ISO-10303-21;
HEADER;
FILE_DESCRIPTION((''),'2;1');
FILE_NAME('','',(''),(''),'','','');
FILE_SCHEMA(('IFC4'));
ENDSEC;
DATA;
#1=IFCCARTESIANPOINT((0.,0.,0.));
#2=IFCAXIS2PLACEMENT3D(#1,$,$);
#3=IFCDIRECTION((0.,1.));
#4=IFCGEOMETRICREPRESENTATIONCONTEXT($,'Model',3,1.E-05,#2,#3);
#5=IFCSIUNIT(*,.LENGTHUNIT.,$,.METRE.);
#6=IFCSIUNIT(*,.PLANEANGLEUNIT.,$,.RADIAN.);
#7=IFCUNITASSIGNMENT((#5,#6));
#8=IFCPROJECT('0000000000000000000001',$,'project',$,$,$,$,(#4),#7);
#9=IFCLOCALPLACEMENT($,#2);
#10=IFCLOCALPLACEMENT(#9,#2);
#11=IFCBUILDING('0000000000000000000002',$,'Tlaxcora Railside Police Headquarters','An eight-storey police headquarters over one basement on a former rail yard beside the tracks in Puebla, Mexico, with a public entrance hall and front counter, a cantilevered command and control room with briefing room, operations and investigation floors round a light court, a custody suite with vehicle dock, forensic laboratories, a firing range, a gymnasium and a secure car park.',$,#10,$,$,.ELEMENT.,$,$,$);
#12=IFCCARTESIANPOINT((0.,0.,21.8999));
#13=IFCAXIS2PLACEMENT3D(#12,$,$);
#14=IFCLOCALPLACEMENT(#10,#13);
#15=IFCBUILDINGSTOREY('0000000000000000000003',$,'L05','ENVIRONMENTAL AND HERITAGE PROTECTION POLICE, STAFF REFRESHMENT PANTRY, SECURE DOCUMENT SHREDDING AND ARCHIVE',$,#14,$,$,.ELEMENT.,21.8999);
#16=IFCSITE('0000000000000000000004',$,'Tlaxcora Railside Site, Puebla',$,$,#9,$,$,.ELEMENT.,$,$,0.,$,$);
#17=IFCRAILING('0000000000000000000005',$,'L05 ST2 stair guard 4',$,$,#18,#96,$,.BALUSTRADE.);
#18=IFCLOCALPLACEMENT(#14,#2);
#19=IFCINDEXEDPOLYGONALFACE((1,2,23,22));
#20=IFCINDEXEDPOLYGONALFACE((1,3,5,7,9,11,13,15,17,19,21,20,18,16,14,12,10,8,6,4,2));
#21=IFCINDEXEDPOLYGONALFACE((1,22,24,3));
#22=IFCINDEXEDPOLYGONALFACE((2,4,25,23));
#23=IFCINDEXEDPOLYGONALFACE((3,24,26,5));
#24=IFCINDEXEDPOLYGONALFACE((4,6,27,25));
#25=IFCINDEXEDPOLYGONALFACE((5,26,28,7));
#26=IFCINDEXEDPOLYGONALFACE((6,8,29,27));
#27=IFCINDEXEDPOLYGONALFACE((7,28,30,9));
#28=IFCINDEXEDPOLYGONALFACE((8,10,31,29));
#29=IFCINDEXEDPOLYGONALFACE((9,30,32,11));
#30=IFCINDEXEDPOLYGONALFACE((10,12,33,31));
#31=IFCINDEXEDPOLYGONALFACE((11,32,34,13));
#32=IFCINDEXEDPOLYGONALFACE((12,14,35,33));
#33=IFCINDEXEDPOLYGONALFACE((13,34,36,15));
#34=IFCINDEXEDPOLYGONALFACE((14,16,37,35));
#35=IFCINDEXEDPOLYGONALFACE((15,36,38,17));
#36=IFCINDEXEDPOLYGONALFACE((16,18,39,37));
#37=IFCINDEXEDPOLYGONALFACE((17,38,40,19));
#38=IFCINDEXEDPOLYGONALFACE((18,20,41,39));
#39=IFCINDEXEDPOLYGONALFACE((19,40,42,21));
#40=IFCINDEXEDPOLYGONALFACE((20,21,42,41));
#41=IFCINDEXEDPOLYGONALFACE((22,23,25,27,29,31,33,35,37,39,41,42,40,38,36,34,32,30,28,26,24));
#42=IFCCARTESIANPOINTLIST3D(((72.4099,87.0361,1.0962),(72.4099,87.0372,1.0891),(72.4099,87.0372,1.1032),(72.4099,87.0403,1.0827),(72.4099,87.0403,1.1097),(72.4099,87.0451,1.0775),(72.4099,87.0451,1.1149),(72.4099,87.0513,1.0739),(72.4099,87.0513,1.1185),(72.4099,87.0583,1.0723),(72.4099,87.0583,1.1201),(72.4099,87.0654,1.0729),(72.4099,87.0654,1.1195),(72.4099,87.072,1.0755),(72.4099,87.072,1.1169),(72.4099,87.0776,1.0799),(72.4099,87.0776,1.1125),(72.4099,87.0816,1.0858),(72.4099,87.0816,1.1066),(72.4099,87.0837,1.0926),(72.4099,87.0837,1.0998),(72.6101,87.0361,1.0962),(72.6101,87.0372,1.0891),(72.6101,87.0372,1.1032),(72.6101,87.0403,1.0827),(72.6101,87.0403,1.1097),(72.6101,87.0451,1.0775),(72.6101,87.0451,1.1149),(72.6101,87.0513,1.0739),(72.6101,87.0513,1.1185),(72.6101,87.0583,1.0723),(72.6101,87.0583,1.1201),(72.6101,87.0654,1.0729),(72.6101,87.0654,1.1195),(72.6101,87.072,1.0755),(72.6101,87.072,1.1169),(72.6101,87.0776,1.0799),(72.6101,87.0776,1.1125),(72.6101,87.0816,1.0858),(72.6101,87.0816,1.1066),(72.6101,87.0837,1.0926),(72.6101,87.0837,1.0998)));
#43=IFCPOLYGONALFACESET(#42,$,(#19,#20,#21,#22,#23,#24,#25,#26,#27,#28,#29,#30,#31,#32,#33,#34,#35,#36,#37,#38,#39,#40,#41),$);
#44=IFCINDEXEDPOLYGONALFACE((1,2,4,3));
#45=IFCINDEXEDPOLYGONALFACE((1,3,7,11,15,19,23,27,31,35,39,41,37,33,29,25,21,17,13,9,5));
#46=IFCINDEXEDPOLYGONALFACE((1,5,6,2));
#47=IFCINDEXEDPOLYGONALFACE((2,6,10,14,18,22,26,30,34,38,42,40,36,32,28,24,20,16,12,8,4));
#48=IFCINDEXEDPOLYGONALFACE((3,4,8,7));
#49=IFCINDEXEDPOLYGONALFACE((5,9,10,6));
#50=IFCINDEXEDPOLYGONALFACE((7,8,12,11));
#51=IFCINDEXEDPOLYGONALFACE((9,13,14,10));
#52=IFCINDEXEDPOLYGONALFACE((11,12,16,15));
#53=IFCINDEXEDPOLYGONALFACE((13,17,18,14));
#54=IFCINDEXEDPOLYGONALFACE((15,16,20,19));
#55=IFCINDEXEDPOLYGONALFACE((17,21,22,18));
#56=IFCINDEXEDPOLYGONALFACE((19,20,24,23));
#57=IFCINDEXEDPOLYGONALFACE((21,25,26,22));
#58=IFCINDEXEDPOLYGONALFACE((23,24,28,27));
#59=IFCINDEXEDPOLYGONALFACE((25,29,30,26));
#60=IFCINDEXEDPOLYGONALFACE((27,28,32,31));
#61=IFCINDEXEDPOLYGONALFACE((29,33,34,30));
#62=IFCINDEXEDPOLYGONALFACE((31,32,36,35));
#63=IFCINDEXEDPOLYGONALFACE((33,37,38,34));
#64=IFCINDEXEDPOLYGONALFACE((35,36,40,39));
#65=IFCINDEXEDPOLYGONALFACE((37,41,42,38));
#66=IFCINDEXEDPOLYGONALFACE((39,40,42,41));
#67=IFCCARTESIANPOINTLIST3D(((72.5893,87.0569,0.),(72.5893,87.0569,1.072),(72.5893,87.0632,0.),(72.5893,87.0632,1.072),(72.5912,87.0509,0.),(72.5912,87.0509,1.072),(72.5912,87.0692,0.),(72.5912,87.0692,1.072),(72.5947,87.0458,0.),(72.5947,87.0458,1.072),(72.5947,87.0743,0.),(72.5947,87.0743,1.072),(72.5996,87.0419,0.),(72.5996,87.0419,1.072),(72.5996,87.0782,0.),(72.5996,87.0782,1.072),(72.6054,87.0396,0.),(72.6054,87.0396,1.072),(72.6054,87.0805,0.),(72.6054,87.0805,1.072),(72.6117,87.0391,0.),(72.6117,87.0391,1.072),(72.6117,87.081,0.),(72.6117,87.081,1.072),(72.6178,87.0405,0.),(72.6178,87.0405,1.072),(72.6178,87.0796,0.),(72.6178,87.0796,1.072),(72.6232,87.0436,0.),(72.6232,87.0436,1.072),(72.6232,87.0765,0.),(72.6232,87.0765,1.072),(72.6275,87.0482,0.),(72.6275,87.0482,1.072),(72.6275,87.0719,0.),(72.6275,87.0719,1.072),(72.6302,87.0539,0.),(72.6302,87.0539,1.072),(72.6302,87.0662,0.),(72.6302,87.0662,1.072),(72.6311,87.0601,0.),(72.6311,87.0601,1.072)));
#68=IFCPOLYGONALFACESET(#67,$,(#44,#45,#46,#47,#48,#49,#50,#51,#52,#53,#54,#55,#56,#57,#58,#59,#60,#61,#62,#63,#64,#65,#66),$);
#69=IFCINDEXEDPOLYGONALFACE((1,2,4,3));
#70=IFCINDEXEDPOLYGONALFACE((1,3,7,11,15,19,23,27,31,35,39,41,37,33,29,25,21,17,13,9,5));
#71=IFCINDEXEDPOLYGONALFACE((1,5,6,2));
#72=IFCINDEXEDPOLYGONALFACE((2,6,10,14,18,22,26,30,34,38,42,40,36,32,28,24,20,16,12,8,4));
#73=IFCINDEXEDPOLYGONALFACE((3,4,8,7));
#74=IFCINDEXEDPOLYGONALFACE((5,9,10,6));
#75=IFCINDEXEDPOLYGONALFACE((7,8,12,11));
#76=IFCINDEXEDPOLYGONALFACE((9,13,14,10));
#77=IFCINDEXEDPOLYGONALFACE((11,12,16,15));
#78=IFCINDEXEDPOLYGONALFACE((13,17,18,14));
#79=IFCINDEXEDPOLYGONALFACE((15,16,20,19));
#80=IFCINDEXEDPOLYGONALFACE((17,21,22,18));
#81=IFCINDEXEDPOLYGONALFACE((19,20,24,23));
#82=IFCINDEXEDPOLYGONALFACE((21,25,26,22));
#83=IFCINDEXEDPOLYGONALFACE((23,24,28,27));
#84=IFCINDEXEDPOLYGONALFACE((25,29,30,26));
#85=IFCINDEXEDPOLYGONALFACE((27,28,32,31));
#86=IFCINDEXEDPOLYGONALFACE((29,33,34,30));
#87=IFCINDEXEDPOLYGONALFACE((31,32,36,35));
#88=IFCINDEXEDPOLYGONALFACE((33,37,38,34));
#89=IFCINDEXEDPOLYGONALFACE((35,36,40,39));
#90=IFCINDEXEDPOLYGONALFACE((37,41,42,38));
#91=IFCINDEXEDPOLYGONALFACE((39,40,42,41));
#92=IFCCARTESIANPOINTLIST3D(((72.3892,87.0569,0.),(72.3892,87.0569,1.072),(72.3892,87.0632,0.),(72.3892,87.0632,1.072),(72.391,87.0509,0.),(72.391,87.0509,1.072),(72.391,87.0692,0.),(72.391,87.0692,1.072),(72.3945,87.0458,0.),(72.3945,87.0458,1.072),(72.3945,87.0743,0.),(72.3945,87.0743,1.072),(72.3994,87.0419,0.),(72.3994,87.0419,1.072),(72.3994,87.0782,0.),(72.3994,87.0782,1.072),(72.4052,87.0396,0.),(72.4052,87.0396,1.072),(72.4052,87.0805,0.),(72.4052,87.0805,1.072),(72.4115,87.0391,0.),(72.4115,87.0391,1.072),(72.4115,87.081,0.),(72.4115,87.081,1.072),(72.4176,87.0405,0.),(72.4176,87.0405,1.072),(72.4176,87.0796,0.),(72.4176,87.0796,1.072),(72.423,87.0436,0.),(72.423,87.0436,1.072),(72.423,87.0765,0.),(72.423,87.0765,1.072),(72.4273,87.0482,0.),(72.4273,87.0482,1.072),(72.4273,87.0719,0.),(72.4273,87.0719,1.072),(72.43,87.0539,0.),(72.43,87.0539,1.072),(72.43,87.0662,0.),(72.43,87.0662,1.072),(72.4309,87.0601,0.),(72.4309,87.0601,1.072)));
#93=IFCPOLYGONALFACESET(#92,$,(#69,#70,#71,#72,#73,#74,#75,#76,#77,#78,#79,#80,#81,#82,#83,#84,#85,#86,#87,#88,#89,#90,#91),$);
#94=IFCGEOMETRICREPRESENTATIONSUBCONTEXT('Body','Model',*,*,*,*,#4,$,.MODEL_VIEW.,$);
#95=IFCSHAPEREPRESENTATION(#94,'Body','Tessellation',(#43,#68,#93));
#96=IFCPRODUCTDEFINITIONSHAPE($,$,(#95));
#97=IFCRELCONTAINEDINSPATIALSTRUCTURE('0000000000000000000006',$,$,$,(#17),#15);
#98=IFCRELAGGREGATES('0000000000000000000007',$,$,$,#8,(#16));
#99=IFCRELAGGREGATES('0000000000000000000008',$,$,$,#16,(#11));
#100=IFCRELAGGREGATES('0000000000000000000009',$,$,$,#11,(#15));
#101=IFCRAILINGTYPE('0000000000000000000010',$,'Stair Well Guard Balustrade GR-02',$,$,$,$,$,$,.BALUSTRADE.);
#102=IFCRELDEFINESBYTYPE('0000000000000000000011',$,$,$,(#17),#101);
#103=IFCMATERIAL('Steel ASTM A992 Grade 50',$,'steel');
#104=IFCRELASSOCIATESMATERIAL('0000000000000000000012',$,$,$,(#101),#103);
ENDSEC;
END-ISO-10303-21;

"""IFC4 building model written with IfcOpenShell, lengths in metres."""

from ifc_helpers import new_model, si_unit, direction, frame, origin, origin_2d, place, context, subcontext, project, spatial, circle, extrude, material, type_object, element, save


model = new_model("IFC4")

# Units and contexts
model_context = context("Model", 3, precision=1e-05, world=origin(), true_north=direction((0.0, 1.0)))
body_context = subcontext(model_context, "Body", "Model", "MODEL_VIEW")
ifc_project = project(units=[si_unit("LENGTHUNIT", "METRE"), si_unit("PLANEANGLEUNIT", "RADIAN")], contexts=[model_context])

# Site, building, storey
site_placement = place(None, origin())
site = spatial("IfcSite", under=ifc_project, at=site_placement, Name="Tlaxcora Railside Site, Puebla", CompositionType="ELEMENT", RefElevation=0.0)
building_placement = place(site_placement, origin())
building = spatial("IfcBuilding", under=site, at=building_placement, Name="Tlaxcora Railside Police Headquarters", Description="An eight-storey police headquarters over one basement on a former rail yard beside the tracks in Puebla, Mexico, with a public entrance hall and front counter, a cantilevered command and control room with briefing room, operations and investigation floors round a light court, a custody suite with vehicle dock, forensic laboratories, a firing range, a gymnasium and a secure car park.", CompositionType="ELEMENT")
storey_placement = place(building_placement, frame((0.0, 0.0, 21.8999)))
storey = spatial("IfcBuildingStorey", under=building, at=storey_placement, Name="L05", Description="ENVIRONMENTAL AND HERITAGE PROTECTION POLICE, STAFF REFRESHMENT PANTRY, SECURE DOCUMENT SHREDDING AND ARCHIVE", CompositionType="ELEMENT", Elevation=21.8999)

# Shared definitions
ifc_material_1 = material(Name="Steel ASTM A992 Grade 50", Category="steel")

# Railing
railing_type_1 = type_object("IfcRailingType", Name="Stair Well Guard Balustrade GR-02", PredefinedType="BALUSTRADE", material=ifc_material_1)
railing_1_placement = place(storey_placement, frame((72.6101, 87.0601, 0.0)))
element("IfcRailing", 1, at=railing_1_placement, inside=storey, type_object=railing_type_1, Name="L05 ST2 stair guard 4", PredefinedType="BALUSTRADE", context=body_context, shape_type="SweptSolid", body=[
    extrude(circle(Radius=0.0239, at=origin_2d()), frame((0.0, 0.0, 1.0962), z_axis=(-1.0, 0.0, 0.0), x_axis=(0.0, -1.0, 0.0)), (0.0, 0.0, 1.0), 0.2002),
    extrude(circle(Radius=0.021, at=origin_2d()), origin(), (0.0, 0.0, 1.0), 1.072),
    extrude(circle(Radius=0.021, at=origin_2d()), frame((-0.2002, 0.0, 0.0)), (0.0, 0.0, 1.0), 1.072),
])

save(model, "model.ifc")
